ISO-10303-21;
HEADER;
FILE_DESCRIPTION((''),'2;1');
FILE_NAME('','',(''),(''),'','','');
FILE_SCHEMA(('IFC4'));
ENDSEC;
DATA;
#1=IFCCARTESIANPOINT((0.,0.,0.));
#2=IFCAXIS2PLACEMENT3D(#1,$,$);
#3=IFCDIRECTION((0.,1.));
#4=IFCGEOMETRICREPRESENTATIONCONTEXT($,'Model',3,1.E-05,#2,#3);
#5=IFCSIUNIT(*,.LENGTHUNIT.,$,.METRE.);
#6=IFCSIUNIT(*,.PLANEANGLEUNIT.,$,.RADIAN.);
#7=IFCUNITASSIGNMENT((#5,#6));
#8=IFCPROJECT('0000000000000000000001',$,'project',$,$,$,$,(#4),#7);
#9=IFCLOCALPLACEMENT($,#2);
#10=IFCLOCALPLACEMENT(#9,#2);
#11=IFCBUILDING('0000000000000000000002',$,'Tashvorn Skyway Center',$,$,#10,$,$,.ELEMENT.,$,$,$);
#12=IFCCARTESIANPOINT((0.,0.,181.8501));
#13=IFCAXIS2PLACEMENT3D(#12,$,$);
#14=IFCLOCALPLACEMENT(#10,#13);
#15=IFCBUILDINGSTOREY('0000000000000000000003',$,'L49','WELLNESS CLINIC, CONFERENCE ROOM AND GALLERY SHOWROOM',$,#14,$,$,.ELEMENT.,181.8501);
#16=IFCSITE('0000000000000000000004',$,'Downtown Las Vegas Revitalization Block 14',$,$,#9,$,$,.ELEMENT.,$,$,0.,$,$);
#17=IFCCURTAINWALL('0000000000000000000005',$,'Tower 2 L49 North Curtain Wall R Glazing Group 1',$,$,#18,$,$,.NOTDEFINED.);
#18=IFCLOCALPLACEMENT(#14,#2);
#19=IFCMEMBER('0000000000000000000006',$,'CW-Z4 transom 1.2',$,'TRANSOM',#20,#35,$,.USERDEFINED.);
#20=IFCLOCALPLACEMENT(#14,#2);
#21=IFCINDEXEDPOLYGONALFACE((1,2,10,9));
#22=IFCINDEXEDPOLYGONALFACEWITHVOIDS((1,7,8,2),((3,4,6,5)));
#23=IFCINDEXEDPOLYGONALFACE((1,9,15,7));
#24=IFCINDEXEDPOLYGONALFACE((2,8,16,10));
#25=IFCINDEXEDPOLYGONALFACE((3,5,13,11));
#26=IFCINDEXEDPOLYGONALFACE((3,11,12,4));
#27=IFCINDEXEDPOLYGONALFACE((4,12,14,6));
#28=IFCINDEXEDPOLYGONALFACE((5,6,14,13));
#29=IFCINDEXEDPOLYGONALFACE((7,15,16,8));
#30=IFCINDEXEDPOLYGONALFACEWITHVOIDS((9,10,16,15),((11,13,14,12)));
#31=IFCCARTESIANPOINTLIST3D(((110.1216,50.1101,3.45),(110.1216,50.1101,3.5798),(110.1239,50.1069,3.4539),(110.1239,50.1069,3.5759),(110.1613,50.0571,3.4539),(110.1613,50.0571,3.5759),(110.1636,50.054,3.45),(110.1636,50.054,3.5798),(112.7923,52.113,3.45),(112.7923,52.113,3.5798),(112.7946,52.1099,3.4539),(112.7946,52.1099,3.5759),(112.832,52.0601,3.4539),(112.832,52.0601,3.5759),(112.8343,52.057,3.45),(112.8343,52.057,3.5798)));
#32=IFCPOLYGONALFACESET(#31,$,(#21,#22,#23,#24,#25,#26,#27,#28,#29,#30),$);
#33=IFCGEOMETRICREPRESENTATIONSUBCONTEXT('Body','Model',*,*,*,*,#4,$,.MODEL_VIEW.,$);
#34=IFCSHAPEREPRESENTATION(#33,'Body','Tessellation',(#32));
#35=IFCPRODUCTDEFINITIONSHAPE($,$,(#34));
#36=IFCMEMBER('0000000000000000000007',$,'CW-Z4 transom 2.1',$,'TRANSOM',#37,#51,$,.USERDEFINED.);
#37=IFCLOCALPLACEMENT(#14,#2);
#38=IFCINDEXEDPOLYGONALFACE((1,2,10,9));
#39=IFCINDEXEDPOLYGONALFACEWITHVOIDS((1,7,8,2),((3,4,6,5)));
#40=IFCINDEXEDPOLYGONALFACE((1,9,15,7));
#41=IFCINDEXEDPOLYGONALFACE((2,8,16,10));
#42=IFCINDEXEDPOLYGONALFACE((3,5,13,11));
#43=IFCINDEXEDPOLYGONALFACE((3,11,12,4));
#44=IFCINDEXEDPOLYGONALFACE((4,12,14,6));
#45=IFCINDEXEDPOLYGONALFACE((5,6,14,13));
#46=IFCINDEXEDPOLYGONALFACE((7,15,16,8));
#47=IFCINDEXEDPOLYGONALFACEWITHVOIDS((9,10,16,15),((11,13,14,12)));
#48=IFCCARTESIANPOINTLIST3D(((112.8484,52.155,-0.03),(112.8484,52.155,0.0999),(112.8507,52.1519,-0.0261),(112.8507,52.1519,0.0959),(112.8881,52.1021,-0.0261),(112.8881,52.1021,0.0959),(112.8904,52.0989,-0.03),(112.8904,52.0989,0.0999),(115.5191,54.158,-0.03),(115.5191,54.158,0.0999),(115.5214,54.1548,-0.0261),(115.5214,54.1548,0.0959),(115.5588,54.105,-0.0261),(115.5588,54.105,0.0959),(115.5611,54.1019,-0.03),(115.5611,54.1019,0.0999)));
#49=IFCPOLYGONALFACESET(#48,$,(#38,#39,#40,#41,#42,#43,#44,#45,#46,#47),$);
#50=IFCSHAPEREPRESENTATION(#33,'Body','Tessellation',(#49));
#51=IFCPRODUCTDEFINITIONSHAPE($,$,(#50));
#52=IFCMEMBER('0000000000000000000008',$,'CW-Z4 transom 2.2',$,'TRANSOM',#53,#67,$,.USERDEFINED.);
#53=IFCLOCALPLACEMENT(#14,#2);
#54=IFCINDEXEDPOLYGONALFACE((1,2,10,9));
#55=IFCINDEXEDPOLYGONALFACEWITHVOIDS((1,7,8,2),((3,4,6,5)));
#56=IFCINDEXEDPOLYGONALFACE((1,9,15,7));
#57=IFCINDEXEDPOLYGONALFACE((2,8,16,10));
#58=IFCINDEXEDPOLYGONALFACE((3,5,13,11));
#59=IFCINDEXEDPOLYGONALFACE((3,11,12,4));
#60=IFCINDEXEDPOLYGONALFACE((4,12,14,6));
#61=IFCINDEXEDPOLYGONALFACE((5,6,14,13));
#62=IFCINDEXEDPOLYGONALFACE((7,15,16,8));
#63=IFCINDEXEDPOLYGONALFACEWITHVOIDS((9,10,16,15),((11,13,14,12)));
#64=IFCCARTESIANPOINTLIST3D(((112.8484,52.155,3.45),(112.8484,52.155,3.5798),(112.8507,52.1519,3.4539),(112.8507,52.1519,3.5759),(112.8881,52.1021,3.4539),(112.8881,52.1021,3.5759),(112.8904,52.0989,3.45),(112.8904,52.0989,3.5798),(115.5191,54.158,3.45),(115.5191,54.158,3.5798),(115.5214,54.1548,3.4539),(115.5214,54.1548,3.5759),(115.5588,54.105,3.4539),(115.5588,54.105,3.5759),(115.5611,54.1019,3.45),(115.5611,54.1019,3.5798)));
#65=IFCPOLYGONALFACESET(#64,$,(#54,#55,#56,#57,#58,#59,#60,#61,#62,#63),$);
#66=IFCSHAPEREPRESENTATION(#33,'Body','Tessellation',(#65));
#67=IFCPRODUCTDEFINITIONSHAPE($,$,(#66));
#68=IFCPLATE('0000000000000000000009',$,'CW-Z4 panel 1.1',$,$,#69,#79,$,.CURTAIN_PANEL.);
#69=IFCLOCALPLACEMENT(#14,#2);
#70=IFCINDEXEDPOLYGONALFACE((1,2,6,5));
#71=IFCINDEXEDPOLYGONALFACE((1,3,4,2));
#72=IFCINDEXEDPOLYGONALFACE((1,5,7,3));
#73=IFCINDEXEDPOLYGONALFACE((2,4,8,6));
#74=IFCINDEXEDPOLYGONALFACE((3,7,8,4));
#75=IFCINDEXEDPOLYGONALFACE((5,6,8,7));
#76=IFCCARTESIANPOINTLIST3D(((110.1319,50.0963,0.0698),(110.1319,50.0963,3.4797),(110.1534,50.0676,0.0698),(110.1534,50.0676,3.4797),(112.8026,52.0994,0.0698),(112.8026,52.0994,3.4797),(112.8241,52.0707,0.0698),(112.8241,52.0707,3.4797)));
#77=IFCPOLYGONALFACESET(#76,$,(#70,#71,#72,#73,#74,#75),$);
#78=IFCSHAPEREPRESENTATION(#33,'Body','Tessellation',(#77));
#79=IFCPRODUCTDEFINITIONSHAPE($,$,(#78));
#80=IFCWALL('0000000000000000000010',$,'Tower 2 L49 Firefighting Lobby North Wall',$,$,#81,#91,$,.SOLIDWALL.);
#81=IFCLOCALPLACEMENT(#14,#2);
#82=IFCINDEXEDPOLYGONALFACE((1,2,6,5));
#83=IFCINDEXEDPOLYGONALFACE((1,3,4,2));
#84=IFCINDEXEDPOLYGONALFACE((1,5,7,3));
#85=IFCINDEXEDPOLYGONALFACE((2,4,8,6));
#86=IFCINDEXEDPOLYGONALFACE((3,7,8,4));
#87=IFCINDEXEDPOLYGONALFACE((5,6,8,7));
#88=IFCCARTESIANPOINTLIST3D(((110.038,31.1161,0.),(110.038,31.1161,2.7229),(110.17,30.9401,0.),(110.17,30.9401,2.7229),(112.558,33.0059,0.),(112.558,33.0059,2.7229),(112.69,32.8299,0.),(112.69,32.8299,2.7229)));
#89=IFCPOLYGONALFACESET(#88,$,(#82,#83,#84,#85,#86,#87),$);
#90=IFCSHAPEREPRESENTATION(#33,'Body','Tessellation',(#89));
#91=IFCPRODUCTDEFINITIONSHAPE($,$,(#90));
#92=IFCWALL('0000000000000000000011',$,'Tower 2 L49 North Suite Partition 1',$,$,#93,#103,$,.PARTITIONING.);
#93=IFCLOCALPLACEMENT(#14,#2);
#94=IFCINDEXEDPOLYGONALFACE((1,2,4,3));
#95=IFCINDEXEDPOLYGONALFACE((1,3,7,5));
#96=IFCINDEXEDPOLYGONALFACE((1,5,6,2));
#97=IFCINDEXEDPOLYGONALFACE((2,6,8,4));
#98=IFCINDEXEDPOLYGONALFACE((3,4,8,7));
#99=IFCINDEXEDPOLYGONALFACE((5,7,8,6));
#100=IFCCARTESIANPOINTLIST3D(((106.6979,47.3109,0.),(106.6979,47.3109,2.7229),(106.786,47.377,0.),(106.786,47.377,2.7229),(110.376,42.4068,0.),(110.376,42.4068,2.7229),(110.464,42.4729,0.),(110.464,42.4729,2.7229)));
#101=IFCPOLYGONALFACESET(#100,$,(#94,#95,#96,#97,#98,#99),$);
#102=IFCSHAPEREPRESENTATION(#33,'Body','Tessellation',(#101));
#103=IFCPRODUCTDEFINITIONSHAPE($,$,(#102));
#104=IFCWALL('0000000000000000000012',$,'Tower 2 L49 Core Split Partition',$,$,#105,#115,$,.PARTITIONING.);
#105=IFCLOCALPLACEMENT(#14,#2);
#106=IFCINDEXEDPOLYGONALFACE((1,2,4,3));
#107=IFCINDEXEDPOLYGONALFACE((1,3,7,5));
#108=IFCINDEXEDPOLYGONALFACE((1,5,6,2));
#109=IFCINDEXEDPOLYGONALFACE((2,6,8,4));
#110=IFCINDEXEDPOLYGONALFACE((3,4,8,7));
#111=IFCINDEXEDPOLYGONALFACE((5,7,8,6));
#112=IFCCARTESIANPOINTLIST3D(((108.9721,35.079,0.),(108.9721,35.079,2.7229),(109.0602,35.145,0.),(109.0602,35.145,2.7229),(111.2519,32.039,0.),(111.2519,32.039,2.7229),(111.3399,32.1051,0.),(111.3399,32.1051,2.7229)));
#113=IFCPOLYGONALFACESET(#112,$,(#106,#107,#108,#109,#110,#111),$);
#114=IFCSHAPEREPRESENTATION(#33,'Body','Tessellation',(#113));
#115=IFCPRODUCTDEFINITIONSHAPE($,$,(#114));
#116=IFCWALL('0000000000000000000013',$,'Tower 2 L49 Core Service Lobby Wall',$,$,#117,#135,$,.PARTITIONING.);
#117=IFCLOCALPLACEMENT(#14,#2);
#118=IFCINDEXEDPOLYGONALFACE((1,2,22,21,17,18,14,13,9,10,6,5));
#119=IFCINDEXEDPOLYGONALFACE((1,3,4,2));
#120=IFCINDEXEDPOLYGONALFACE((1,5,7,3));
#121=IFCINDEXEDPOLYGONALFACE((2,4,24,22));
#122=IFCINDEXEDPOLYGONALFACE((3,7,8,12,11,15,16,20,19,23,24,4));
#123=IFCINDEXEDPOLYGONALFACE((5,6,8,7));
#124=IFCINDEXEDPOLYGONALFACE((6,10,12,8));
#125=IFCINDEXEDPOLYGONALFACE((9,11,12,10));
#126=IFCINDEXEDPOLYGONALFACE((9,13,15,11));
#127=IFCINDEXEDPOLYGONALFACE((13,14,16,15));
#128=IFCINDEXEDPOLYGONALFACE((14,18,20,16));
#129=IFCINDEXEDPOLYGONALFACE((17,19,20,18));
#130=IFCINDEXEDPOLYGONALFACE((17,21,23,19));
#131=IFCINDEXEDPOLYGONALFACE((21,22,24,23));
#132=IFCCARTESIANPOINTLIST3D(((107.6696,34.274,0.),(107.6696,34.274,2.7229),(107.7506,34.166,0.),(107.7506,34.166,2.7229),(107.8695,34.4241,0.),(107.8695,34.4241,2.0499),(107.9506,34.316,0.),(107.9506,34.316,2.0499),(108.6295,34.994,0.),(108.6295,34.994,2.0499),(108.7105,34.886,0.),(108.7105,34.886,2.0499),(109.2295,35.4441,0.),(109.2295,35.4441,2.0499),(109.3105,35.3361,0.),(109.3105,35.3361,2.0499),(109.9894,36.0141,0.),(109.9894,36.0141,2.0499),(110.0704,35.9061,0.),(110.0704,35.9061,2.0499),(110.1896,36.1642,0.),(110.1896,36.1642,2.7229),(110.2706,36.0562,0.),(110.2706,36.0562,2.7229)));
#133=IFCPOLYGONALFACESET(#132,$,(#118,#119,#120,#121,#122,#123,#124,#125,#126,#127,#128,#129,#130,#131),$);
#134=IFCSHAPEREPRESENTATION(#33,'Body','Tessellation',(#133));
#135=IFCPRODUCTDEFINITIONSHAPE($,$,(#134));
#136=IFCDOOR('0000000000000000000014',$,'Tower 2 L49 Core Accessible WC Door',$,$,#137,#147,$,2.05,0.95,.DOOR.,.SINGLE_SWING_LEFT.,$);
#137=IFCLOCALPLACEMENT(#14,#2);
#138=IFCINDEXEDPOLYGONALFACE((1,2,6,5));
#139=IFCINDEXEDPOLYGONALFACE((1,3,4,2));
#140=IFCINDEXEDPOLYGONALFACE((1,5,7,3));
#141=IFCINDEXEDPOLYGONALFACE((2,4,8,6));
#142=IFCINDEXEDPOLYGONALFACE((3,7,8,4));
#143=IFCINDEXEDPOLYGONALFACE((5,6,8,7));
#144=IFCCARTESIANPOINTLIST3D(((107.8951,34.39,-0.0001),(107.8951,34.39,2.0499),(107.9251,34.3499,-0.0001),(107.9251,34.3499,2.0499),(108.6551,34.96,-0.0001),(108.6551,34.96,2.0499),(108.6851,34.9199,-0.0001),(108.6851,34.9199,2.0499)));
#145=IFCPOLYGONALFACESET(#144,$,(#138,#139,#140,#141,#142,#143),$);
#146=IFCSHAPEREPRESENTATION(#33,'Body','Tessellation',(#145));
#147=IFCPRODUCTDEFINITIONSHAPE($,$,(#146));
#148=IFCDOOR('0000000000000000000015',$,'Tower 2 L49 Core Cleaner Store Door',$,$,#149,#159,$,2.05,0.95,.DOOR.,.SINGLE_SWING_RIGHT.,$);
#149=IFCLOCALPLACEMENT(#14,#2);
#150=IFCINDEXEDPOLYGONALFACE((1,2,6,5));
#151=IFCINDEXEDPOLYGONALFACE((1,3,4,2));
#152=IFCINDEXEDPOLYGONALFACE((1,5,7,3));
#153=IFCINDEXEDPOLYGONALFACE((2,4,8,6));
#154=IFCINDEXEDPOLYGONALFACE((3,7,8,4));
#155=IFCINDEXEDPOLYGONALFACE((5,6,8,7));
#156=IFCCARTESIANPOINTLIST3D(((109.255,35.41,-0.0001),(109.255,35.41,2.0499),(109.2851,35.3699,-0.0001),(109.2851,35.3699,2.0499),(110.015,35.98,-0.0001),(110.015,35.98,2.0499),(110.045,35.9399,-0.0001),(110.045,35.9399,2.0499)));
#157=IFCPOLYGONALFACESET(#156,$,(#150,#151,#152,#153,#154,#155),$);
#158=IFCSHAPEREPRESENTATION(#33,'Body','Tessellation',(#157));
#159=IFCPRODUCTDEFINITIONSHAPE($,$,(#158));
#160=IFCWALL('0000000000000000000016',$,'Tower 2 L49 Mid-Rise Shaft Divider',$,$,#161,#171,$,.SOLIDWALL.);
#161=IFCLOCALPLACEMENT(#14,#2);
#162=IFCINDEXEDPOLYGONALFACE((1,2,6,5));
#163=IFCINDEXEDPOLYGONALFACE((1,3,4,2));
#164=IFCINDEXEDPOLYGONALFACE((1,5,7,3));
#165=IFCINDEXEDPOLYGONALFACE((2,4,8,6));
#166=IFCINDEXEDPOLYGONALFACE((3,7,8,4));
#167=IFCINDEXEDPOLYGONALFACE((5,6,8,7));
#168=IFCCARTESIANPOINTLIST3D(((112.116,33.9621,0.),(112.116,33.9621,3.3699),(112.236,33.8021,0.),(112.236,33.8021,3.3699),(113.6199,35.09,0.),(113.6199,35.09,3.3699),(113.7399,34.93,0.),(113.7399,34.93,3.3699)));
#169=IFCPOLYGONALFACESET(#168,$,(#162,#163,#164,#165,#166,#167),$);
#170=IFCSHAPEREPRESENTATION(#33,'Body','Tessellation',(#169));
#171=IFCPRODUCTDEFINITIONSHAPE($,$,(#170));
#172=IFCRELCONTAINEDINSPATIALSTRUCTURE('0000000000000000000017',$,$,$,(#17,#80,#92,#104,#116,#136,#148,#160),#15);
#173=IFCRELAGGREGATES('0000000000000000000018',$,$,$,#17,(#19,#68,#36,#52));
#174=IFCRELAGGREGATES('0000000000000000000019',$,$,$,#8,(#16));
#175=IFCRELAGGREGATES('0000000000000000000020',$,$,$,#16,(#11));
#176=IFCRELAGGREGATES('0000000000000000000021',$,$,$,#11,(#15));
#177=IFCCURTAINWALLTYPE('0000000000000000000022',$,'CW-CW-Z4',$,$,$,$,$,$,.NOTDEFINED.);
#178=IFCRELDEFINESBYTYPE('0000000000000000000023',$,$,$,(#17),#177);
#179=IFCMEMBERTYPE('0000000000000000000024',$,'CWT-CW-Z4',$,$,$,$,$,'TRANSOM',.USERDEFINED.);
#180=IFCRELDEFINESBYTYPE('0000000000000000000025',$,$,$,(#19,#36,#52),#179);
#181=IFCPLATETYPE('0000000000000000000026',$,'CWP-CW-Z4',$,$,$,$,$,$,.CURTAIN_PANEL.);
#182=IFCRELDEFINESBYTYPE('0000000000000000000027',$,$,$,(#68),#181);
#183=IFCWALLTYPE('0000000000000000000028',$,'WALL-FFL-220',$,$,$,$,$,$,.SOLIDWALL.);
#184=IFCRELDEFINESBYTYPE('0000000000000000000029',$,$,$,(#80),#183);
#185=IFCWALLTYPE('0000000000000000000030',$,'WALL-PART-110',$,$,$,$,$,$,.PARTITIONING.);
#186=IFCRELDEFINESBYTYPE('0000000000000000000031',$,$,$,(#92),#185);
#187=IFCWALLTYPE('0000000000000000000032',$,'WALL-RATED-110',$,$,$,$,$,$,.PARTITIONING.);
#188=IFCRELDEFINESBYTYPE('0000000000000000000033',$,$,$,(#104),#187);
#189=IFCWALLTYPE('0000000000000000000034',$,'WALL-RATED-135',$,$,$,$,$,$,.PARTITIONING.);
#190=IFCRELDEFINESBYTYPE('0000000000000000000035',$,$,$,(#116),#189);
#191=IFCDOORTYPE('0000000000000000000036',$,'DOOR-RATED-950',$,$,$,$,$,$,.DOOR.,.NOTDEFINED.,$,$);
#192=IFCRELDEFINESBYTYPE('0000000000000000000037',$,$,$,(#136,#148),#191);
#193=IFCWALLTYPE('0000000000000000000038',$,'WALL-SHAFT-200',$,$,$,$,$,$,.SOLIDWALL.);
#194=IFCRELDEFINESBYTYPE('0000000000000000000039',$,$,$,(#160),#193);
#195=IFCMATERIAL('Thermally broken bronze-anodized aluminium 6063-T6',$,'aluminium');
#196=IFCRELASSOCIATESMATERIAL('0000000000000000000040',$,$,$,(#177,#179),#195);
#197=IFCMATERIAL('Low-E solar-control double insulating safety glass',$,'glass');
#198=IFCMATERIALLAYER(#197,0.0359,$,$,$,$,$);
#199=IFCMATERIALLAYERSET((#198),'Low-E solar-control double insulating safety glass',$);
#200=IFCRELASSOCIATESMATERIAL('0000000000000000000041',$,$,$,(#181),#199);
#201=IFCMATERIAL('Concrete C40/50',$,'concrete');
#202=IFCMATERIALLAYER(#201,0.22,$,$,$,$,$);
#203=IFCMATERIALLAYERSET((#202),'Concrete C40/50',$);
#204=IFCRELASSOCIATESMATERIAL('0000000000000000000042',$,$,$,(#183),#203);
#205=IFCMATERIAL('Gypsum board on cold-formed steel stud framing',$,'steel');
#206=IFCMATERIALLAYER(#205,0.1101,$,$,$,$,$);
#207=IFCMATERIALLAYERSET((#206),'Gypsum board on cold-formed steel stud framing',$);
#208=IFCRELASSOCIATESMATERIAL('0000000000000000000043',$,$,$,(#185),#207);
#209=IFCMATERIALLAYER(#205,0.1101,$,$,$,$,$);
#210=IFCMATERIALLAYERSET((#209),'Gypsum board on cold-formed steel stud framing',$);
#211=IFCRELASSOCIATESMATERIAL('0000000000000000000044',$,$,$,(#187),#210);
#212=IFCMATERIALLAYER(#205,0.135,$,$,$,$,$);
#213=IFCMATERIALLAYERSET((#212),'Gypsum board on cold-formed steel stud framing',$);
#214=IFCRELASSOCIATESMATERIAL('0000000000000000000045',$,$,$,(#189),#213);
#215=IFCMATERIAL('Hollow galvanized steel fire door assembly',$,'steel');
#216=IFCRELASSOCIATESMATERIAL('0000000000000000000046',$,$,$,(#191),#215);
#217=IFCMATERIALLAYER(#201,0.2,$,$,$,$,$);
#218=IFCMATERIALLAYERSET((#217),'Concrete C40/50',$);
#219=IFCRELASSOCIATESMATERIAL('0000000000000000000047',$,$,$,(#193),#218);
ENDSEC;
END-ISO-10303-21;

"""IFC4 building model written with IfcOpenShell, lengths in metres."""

from ifc_helpers import new_model, si_unit, direction, frame, frame_2d, origin, origin_2d, place, context, subcontext, project, spatial, rectangle, hollow_rectangle, extrude, material, layer, layer_set, material_profile, profile_set, type_object, element, fill, aggregate, save


model = new_model("IFC4")

# Units and contexts
model_context = context("Model", 3, precision=1e-05, world=origin(), true_north=direction((0.0, 1.0)))
body_context = subcontext(model_context, "Body", "Model", "MODEL_VIEW")
ifc_project = project(units=[si_unit("LENGTHUNIT", "METRE"), si_unit("PLANEANGLEUNIT", "RADIAN")], contexts=[model_context])

# Site, building, storey
site_placement = place(None, origin())
site = spatial("IfcSite", under=ifc_project, at=site_placement, Name="Downtown Las Vegas Revitalization Block 14", CompositionType="ELEMENT", RefElevation=0.0)
building_placement = place(site_placement, origin())
building = spatial("IfcBuilding", under=site, at=building_placement, Name="Tashvorn Skyway Center", CompositionType="ELEMENT")
storey_placement = place(building_placement, frame((0.0, 0.0, 181.8501)))
storey = spatial("IfcBuildingStorey", under=building, at=storey_placement, Name="L49", Description="WELLNESS CLINIC, CONFERENCE ROOM AND GALLERY SHOWROOM", CompositionType="ELEMENT", Elevation=181.8501)

# Curtain wall, members, plate
ifc_material_1 = material(Name="Thermally broken bronze-anodized aluminium 6063-T6", Category="aluminium")
curtain_wall_type = type_object("IfcCurtainWallType", Name="CW-CW-Z4", PredefinedType="NOTDEFINED", material=ifc_material_1)
curtain_wall_placement = place(storey_placement, origin())
curtain_wall = element("IfcCurtainWall", 1, at=curtain_wall_placement, inside=storey, type_object=curtain_wall_type, Name="Tower 2 L49 North Curtain Wall R Glazing Group 1", PredefinedType="NOTDEFINED")
ifc_material_profile_1 = material_profile(ifc_material_1, hollow_rectangle(XDim=0.0701, YDim=0.1299, WallThickness=0.0039, at=origin_2d()), Name="ALU-TRAN-70x130")
ifc_profile_set_1 = profile_set([ifc_material_profile_1], Name="Thermally broken bronze-anodized aluminium 6063-T6")
member_type_1 = type_object("IfcMemberType", Name="CWT-CW-Z4", ElementType="TRANSOM", PredefinedType="USERDEFINED", material=ifc_profile_set_1)
member_1_placement = place(storey_placement, frame((110.1426, 50.082, 3.5149), z_axis=(0.800009, 0.599988, 0.0), x_axis=(-0.599988, 0.800009, 0.0)))
member_1 = element("IfcMember", 2, at=member_1_placement, type_object=member_type_1, Name="CW-Z4 transom 1.2", ObjectType="TRANSOM", PredefinedType="USERDEFINED", context=body_context, shape_type="SweptSolid", body=[
    extrude(hollow_rectangle(XDim=0.0701, YDim=0.1299, WallThickness=0.0039, at=origin_2d()), origin(), (0.0, 0.0, 1.0), 3.3384),
])
member_2_placement = place(storey_placement, frame((112.8694, 52.127, 0.0349), z_axis=(0.800009, 0.599988, 0.0), x_axis=(-0.599988, 0.800009, 0.0)))
member_2 = element("IfcMember", 3, at=member_2_placement, type_object=member_type_1, Name="CW-Z4 transom 2.1", ObjectType="TRANSOM", PredefinedType="USERDEFINED", context=body_context, shape_type="SweptSolid", body=[
    extrude(hollow_rectangle(XDim=0.0701, YDim=0.1299, WallThickness=0.0039, at=origin_2d()), origin(), (0.0, 0.0, 1.0), 3.3384),
])
member_3_placement = place(storey_placement, frame((112.8694, 52.127, 3.5149), z_axis=(0.800009, 0.599988, 0.0), x_axis=(-0.599988, 0.800009, 0.0)))
member_3 = element("IfcMember", 4, at=member_3_placement, type_object=member_type_1, Name="CW-Z4 transom 2.2", ObjectType="TRANSOM", PredefinedType="USERDEFINED", context=body_context, shape_type="SweptSolid", body=[
    extrude(hollow_rectangle(XDim=0.0701, YDim=0.1299, WallThickness=0.0039, at=origin_2d()), origin(), (0.0, 0.0, 1.0), 3.3384),
])
ifc_material_2 = material(Name="Low-E solar-control double insulating safety glass", Category="glass")
ifc_layer_1 = layer(ifc_material_2, 0.0359)
ifc_layer_set_1 = layer_set([ifc_layer_1], Name="Low-E solar-control double insulating safety glass")
plate_type = type_object("IfcPlateType", Name="CWP-CW-Z4", PredefinedType="CURTAIN_PANEL", material=ifc_layer_set_1)
plate_placement = place(storey_placement, frame((111.478, 51.0835, 0.0698), z_axis=(0.0, 0.0, 1.0), x_axis=(0.799998, 0.600002, 0.0)))
plate = element("IfcPlate", 5, at=plate_placement, type_object=plate_type, Name="CW-Z4 panel 1.1", PredefinedType="CURTAIN_PANEL", context=body_context, shape_type="SweptSolid", body=[
    extrude(rectangle(XDim=3.3384, YDim=0.0359, at=origin_2d()), origin(), (0.0, 0.0, 1.0), 3.4099),
])
aggregate(curtain_wall, [member_1, plate, member_2, member_3])

# Walls
ifc_material_3 = material(Name="Concrete C40/50", Category="concrete")
ifc_layer_2 = layer(ifc_material_3, 0.22)
ifc_layer_set_2 = layer_set([ifc_layer_2], Name="Concrete C40/50")
wall_type_1 = type_object("IfcWallType", Name="WALL-FFL-220", PredefinedType="SOLIDWALL", material=ifc_layer_set_2)
wall_1_placement = place(storey_placement, frame((110.104, 31.0281, 0.0), z_axis=(0.0, 0.0, 1.0), x_axis=(0.800019, 0.599975, 0.0)))
element("IfcWall", 6, at=wall_1_placement, inside=storey, type_object=wall_type_1, Name="Tower 2 L49 Firefighting Lobby North Wall", PredefinedType="SOLIDWALL", context=body_context, shape_type="SweptSolid", body=[
    extrude(rectangle(XDim=3.1499, YDim=0.22, at=frame_2d((1.575, 0.0))), origin(), (0.0, 0.0, 1.0), 2.7229),
])
ifc_material_4 = material(Name="Gypsum board on cold-formed steel stud framing", Category="steel")
ifc_layer_3 = layer(ifc_material_4, 0.1101)
ifc_layer_set_3 = layer_set([ifc_layer_3], Name="Gypsum board on cold-formed steel stud framing")
wall_type_2 = type_object("IfcWallType", Name="WALL-PART-110", PredefinedType="PARTITIONING", material=ifc_layer_set_3)
wall_2_placement = place(storey_placement, frame((110.4199, 42.4399, 0.0), z_axis=(0.0, 0.0, 1.0), x_axis=(-0.599994, 0.800005, 0.0)))
element("IfcWall", 7, at=wall_2_placement, inside=storey, type_object=wall_type_2, Name="Tower 2 L49 North Suite Partition 1", PredefinedType="PARTITIONING", context=body_context, shape_type="SweptSolid", body=[
    extrude(rectangle(XDim=6.1301, YDim=0.1101, at=frame_2d((3.0649, 0.0))), origin(), (0.0, 0.0, 1.0), 2.7229),
])
ifc_layer_4 = layer(ifc_material_4, 0.1101)
ifc_layer_set_4 = layer_set([ifc_layer_4], Name="Gypsum board on cold-formed steel stud framing")
wall_type_3 = type_object("IfcWallType", Name="WALL-RATED-110", PredefinedType="PARTITIONING", material=ifc_layer_set_4)
wall_3_placement = place(storey_placement, frame((111.2959, 32.072, 0.0), z_axis=(0.0, 0.0, 1.0), x_axis=(-0.599959, 0.800031, 0.0)))
element("IfcWall", 8, at=wall_3_placement, inside=storey, type_object=wall_type_3, Name="Tower 2 L49 Core Split Partition", PredefinedType="PARTITIONING", context=body_context, shape_type="SweptSolid", body=[
    extrude(rectangle(XDim=3.7998, YDim=0.1101, at=frame_2d((1.8999, 0.0))), origin(), (0.0, 0.0, 1.0), 2.7229),
])

# Wall, openings, doors
ifc_layer_5 = layer(ifc_material_4, 0.135)
ifc_layer_set_5 = layer_set([ifc_layer_5], Name="Gypsum board on cold-formed steel stud framing")
wall_type_4 = type_object("IfcWallType", Name="WALL-RATED-135", PredefinedType="PARTITIONING", material=ifc_layer_set_5)
wall_4_placement = place(storey_placement, frame((107.71, 34.22, 0.0), z_axis=(0.0, 0.0, 1.0), x_axis=(0.799981, 0.600025, 0.0)))
wall_4 = element("IfcWall", 9, at=wall_4_placement, inside=storey, type_object=wall_type_4, Name="Tower 2 L49 Core Service Lobby Wall", PredefinedType="PARTITIONING", context=body_context, shape_type="SweptSolid", body=[
    extrude(rectangle(XDim=3.1501, YDim=0.135, at=frame_2d((1.5752, 0.0))), origin(), (0.0, 0.0, 1.0), 2.7229),
])
opening_1_placement = place(wall_4_placement, frame((0.25, 0.0, 0.0)))
opening_1 = element("IfcOpeningElement", 10, at=opening_1_placement, cuts=wall_4, PredefinedType="OPENING", context=body_context, shape_type="SweptSolid", body=[
    extrude(rectangle(XDim=0.95, YDim=2.05, at=frame_2d((0.4751, 1.0249))), frame((0.0, 0.0774, 0.0), z_axis=(0.0, -1.0, 0.0), x_axis=(1.0, 0.0, 0.0)), (0.0, 0.0, 1.0), 0.155),
])
opening_2_placement = place(wall_4_placement, frame((1.95, 0.0, 0.0)))
opening_2 = element("IfcOpeningElement", 11, at=opening_2_placement, cuts=wall_4, PredefinedType="OPENING", context=body_context, shape_type="SweptSolid", body=[
    extrude(rectangle(XDim=0.95, YDim=2.05, at=frame_2d((0.4751, 1.0249))), frame((0.0, 0.0774, 0.0), z_axis=(0.0, -1.0, 0.0), x_axis=(1.0, 0.0, 0.0)), (0.0, 0.0, 1.0), 0.155),
])
ifc_material_5 = material(Name="Hollow galvanized steel fire door assembly", Category="steel")
door_type = type_object("IfcDoorType", Name="DOOR-RATED-950", OperationType="NOTDEFINED", PredefinedType="DOOR", material=ifc_material_5)
door_1_placement = place(opening_1_placement, origin())
door_1 = element("IfcDoor", 12, at=door_1_placement, inside=storey, type_object=door_type, Name="Tower 2 L49 Core Accessible WC Door", OperationType="SINGLE_SWING_LEFT", OverallHeight=2.05, OverallWidth=0.95, PredefinedType="DOOR", context=body_context, shape_type="SweptSolid", body=[
    extrude(rectangle(XDim=0.95, YDim=2.05, at=frame_2d((0.4751, 1.0249))), frame((0.0, 0.0249, 0.0), z_axis=(0.0, -1.0, 0.0), x_axis=(1.0, 0.0, 0.0)), (0.0, 0.0, 1.0), 0.05),
])
fill(opening_1, door_1)
door_2_placement = place(opening_2_placement, origin())
door_2 = element("IfcDoor", 13, at=door_2_placement, inside=storey, type_object=door_type, Name="Tower 2 L49 Core Cleaner Store Door", OperationType="SINGLE_SWING_RIGHT", OverallHeight=2.05, OverallWidth=0.95, PredefinedType="DOOR", context=body_context, shape_type="SweptSolid", body=[
    extrude(rectangle(XDim=0.95, YDim=2.05, at=frame_2d((0.4751, 1.0249))), frame((0.0, 0.0249, 0.0), z_axis=(0.0, -1.0, 0.0), x_axis=(1.0, 0.0, 0.0)), (0.0, 0.0, 1.0), 0.05),
])
fill(opening_2, door_2)

# Wall
ifc_layer_6 = layer(ifc_material_3, 0.2)
ifc_layer_set_6 = layer_set([ifc_layer_6], Name="Concrete C40/50")
wall_type_5 = type_object("IfcWallType", Name="WALL-SHAFT-200", PredefinedType="SOLIDWALL", material=ifc_layer_set_6)
wall_5_placement = place(storey_placement, frame((112.176, 33.8821, 0.0), z_axis=(0.0, 0.0, 1.0), x_axis=(0.8, 0.6, 0.0)))
element("IfcWall", 14, at=wall_5_placement, inside=storey, type_object=wall_type_5, Name="Tower 2 L49 Mid-Rise Shaft Divider", PredefinedType="SOLIDWALL", context=body_context, shape_type="SweptSolid", body=[
    extrude(rectangle(XDim=1.8799, YDim=0.2, at=frame_2d((0.9399, 0.0))), origin(), (0.0, 0.0, 1.0), 3.3699),
])

save(model, "model.ifc")
